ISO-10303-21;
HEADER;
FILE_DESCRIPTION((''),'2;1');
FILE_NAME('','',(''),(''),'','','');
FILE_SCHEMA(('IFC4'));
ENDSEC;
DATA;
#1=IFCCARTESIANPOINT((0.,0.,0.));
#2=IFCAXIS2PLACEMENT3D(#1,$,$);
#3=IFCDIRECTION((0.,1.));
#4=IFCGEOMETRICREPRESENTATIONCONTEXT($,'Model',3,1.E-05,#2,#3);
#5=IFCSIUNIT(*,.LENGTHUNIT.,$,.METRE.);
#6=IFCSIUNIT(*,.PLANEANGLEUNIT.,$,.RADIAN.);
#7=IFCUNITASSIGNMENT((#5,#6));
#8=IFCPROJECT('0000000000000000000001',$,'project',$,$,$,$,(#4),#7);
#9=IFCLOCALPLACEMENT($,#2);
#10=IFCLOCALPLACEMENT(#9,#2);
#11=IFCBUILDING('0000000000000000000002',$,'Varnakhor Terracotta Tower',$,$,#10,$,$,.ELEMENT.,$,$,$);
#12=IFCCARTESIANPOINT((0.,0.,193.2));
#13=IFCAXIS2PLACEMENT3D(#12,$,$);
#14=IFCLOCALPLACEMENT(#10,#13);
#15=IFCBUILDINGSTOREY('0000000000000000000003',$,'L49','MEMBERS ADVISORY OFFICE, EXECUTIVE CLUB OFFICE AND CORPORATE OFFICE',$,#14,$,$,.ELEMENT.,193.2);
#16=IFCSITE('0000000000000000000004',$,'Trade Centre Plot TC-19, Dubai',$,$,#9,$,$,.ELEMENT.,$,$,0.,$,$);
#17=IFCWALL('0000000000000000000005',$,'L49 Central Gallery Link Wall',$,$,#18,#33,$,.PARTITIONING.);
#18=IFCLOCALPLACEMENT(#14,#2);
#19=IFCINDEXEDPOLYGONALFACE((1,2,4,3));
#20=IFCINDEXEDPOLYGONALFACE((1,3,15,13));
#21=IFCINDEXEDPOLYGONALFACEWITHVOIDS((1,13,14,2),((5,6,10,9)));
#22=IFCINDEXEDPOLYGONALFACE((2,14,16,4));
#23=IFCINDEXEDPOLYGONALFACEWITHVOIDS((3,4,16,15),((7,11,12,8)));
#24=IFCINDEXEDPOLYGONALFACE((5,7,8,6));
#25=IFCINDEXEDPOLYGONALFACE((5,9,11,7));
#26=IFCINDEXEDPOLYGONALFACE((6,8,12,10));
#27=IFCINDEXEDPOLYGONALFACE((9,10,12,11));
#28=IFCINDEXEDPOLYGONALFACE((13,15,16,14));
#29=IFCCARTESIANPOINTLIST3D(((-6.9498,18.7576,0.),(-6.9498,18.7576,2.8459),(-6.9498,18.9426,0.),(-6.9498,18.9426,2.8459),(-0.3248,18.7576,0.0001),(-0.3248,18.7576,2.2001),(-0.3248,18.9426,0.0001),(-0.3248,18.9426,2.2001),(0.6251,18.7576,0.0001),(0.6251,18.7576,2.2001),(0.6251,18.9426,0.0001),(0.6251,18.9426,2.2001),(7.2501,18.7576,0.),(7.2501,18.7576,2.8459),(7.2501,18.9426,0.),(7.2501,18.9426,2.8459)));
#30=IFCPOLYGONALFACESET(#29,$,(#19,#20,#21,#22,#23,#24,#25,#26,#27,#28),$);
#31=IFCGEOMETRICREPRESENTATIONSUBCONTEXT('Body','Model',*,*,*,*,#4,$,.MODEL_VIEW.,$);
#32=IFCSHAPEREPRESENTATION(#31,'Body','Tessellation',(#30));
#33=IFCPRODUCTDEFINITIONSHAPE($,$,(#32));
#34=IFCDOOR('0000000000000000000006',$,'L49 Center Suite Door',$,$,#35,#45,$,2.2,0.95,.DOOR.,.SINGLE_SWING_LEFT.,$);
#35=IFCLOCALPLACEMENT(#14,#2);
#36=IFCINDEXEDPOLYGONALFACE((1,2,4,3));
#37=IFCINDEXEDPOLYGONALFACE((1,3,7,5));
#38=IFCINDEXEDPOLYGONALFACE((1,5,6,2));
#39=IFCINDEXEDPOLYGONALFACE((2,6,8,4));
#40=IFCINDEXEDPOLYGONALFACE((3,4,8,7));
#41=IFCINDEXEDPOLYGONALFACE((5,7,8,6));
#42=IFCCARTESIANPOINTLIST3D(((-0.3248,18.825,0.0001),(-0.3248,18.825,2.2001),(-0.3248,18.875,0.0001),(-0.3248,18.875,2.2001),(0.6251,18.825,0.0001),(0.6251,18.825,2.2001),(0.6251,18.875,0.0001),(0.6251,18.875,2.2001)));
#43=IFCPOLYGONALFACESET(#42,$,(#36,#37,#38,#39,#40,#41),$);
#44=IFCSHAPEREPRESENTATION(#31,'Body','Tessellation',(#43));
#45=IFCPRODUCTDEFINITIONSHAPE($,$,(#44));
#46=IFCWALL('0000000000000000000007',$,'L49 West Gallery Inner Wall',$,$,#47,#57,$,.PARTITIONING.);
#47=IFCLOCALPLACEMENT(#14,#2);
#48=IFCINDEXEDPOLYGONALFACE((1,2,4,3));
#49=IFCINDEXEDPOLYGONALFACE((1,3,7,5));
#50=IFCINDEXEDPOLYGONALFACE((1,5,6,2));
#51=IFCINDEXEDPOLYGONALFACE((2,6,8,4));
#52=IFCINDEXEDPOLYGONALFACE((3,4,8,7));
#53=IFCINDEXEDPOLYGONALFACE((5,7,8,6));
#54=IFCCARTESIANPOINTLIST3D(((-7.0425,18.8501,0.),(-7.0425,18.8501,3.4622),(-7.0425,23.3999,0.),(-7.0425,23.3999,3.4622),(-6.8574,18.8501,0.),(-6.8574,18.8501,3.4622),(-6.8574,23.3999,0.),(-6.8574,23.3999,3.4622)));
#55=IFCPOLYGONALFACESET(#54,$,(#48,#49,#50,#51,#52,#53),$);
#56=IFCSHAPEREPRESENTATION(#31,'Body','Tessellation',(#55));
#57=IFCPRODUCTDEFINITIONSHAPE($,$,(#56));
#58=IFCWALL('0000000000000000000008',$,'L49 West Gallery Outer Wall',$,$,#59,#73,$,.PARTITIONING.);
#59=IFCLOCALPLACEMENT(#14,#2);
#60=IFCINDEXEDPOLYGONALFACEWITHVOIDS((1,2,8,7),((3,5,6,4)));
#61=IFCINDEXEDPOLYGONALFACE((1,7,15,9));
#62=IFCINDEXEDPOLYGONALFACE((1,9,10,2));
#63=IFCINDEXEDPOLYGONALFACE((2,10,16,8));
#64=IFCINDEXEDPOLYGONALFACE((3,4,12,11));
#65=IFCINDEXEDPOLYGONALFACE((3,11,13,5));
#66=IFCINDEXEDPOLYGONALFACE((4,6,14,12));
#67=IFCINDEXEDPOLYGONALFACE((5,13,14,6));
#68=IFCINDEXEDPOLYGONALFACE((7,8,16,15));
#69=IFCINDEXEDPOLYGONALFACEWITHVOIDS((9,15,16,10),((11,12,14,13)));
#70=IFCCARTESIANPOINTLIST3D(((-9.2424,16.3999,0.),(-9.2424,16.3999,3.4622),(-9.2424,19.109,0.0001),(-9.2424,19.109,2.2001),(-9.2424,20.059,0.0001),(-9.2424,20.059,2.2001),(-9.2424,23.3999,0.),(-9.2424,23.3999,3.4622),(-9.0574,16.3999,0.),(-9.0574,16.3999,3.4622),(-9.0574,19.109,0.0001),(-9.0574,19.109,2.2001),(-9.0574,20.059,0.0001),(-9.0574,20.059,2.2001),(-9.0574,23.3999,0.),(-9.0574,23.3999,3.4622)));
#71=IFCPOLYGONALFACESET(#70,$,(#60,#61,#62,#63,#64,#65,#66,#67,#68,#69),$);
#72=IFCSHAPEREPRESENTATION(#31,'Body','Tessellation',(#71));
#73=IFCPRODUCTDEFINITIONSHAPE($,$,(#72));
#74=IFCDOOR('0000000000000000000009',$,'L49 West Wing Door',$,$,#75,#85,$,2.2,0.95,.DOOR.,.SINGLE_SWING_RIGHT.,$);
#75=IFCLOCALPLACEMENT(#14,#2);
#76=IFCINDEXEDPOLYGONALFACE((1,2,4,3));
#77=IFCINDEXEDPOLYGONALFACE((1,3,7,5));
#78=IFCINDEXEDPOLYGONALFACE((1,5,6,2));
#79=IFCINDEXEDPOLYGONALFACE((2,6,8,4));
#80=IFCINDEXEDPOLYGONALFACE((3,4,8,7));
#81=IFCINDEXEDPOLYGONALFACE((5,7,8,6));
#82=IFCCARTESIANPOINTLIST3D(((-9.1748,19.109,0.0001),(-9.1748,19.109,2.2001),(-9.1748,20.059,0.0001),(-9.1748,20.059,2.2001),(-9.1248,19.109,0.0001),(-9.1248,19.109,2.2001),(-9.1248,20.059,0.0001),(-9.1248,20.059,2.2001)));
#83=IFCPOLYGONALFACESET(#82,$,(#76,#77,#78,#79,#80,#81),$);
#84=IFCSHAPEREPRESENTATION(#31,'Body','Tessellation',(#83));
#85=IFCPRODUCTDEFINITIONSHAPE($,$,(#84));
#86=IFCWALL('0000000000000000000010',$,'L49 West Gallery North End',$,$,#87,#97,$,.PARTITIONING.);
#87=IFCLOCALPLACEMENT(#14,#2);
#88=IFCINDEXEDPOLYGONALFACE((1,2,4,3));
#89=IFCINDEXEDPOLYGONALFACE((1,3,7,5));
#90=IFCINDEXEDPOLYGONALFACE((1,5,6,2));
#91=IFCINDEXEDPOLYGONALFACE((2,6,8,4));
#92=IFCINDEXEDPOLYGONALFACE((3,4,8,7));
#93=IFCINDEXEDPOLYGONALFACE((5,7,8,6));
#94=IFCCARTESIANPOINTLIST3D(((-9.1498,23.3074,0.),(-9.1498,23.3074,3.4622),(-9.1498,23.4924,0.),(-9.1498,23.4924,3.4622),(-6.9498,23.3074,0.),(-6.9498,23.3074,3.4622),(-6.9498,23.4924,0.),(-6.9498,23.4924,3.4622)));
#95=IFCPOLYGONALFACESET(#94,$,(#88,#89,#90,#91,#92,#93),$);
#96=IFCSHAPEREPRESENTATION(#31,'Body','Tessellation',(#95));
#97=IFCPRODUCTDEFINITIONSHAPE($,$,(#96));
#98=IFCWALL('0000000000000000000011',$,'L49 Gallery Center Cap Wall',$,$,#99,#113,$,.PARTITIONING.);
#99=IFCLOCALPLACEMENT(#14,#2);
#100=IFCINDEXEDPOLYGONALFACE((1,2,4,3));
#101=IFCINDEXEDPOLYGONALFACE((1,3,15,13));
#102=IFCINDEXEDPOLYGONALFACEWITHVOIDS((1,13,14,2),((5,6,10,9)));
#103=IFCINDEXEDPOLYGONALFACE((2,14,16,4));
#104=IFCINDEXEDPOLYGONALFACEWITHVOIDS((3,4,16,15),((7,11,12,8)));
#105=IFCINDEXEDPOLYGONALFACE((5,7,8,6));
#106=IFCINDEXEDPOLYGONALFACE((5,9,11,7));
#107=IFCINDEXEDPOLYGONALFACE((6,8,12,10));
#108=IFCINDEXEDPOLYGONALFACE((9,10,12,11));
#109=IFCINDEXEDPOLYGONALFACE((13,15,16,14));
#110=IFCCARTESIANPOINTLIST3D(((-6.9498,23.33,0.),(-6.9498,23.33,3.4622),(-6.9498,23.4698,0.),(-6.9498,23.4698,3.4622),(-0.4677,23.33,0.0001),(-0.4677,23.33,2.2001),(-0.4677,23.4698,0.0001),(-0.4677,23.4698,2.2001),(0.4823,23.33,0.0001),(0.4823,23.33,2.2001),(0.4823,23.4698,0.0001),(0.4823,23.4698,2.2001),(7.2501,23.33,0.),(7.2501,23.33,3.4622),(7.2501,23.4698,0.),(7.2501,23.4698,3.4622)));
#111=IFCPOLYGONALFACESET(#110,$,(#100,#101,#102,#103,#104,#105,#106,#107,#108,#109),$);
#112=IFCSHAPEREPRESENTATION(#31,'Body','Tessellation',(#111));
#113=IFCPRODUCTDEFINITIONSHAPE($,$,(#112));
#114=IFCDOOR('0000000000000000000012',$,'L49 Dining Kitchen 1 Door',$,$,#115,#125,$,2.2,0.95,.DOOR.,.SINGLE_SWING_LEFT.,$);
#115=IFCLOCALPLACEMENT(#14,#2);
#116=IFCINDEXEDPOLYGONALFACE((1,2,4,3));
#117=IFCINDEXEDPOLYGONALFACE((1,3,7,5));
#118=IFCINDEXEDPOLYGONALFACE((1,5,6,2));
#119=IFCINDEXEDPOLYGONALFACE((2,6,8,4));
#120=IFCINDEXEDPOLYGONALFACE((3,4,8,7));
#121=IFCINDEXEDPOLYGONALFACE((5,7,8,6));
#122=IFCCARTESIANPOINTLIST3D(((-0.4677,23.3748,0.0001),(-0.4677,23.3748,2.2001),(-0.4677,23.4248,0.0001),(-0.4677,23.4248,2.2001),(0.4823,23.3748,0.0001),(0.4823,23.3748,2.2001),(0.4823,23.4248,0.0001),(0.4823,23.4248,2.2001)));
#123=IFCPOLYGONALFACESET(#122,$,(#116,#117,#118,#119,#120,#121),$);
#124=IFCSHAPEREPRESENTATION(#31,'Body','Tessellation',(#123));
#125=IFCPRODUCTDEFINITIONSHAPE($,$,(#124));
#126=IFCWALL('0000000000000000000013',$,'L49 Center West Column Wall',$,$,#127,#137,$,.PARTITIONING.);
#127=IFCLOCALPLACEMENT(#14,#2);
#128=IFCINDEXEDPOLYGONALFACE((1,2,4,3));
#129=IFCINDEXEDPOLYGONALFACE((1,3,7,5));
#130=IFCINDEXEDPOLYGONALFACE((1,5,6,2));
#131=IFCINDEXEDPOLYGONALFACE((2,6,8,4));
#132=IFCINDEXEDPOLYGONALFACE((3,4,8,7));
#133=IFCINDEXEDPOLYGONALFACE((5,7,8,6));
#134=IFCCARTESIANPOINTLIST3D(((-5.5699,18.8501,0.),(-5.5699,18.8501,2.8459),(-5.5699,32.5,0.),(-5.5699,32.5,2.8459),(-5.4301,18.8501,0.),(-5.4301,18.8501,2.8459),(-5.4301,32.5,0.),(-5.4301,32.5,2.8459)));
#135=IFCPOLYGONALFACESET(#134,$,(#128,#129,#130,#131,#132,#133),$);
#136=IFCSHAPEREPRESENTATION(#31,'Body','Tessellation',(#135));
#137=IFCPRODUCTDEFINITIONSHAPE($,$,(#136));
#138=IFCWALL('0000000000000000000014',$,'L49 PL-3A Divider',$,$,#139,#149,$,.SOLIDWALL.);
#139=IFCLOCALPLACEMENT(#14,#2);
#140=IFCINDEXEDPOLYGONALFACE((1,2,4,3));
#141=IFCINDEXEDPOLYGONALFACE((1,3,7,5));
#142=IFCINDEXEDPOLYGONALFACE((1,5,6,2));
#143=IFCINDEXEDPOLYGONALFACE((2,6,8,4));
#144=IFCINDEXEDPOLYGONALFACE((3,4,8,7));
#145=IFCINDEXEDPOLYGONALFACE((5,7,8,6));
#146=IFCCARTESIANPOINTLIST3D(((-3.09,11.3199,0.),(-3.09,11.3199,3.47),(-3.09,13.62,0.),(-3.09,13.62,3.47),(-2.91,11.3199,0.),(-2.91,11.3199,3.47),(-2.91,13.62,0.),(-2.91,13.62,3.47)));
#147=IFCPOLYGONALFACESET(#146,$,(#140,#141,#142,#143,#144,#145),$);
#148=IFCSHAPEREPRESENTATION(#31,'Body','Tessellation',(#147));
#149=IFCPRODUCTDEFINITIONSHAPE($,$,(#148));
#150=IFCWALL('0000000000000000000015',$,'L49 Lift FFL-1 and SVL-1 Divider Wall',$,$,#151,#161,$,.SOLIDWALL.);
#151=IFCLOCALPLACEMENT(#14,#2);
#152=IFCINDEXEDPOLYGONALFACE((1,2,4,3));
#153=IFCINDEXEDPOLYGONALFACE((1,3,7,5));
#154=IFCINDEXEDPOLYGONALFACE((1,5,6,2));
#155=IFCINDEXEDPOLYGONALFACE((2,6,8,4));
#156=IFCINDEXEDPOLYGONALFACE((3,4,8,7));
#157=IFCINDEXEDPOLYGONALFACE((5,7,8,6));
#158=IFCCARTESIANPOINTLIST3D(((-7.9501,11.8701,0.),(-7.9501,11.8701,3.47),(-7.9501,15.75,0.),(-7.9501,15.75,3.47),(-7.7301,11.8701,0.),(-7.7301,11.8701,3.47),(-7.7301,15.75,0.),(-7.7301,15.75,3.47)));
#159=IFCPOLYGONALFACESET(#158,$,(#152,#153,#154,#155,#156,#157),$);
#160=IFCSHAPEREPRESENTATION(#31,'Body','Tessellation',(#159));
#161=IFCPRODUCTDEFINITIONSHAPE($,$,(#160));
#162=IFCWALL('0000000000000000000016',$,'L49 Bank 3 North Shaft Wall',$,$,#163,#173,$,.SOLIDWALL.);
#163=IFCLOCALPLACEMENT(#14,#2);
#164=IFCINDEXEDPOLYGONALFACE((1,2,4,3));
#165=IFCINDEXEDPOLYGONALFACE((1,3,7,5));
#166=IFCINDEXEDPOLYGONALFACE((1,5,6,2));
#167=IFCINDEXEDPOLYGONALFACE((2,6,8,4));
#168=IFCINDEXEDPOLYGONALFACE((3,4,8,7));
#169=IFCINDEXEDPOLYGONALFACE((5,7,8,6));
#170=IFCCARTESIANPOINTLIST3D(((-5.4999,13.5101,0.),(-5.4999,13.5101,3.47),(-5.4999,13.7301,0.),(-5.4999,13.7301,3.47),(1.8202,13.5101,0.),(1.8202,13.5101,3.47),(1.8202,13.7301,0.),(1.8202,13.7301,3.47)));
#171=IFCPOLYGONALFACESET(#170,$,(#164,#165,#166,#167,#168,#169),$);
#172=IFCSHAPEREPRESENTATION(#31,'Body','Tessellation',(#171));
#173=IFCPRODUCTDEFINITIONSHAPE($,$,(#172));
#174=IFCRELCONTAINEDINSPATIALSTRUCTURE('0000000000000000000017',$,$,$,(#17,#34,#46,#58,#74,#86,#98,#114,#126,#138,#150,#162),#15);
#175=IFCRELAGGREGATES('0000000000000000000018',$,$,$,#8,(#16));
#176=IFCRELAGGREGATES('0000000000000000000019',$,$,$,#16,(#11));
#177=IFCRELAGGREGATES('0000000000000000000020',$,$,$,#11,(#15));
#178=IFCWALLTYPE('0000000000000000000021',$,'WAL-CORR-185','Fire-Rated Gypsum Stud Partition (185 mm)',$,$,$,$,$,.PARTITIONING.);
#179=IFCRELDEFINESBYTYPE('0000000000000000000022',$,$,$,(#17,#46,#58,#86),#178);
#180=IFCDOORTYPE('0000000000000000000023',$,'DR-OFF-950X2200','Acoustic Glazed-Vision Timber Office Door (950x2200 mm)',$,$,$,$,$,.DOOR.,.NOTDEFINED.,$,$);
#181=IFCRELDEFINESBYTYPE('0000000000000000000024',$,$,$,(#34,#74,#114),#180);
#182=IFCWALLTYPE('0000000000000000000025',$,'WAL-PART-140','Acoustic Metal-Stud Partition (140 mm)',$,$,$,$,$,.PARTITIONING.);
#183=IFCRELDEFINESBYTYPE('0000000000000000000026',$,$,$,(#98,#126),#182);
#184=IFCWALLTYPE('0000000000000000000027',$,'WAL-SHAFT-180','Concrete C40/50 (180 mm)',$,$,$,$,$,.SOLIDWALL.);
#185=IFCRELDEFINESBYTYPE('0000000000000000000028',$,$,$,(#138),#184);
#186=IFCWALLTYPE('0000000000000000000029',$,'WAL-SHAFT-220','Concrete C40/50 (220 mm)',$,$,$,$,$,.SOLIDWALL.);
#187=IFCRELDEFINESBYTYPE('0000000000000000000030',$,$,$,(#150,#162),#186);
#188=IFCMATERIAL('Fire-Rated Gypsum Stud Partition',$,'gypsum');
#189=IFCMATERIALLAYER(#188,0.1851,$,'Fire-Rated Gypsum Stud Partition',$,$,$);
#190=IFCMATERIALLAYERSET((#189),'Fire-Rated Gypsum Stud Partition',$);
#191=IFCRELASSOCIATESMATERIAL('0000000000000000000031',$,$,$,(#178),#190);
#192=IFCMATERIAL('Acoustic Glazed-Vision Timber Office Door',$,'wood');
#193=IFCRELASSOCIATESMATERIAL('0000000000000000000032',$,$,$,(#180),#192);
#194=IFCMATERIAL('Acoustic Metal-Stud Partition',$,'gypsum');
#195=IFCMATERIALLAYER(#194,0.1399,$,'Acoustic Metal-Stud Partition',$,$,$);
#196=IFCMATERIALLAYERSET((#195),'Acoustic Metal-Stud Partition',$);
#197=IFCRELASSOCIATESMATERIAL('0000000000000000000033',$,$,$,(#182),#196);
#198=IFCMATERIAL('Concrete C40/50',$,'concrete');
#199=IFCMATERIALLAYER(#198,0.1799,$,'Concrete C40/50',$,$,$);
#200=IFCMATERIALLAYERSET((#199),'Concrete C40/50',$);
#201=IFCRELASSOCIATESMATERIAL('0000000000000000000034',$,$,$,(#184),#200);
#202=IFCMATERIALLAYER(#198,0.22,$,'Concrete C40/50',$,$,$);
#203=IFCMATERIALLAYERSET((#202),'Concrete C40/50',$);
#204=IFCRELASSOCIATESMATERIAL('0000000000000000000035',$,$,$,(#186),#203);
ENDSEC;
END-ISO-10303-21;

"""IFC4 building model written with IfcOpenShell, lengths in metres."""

from ifc_helpers import new_model, si_unit, direction, frame, frame_2d, origin, place, context, subcontext, project, spatial, rectangle, extrude, source, transform, mapped, material, layer, layer_set, type_object, type_shapes, element, fill, save


model = new_model("IFC4")

# Units and contexts
model_context = context("Model", 3, precision=1e-05, world=origin(), true_north=direction((0.0, 1.0)))
body_context = subcontext(model_context, "Body", "Model", "MODEL_VIEW")
ifc_project = project(units=[si_unit("LENGTHUNIT", "METRE"), si_unit("PLANEANGLEUNIT", "RADIAN")], contexts=[model_context])

# Site, building, storey
site_placement = place(None, origin())
site = spatial("IfcSite", under=ifc_project, at=site_placement, Name="Trade Centre Plot TC-19, Dubai", CompositionType="ELEMENT", RefElevation=0.0)
building_placement = place(site_placement, origin())
building = spatial("IfcBuilding", under=site, at=building_placement, Name="Varnakhor Terracotta Tower", CompositionType="ELEMENT")
storey_placement = place(building_placement, frame((0.0, 0.0, 193.2)))
storey = spatial("IfcBuildingStorey", under=building, at=storey_placement, Name="L49", Description="MEMBERS ADVISORY OFFICE, EXECUTIVE CLUB OFFICE AND CORPORATE OFFICE", CompositionType="ELEMENT", Elevation=193.2)

# Wall, opening, door
ifc_material_1 = material(Name="Fire-Rated Gypsum Stud Partition", Category="gypsum")
ifc_layer_1 = layer(ifc_material_1, 0.1851, Name="Fire-Rated Gypsum Stud Partition")
ifc_layer_set_1 = layer_set([ifc_layer_1], Name="Fire-Rated Gypsum Stud Partition")
wall_type_1 = type_object("IfcWallType", Name="WAL-CORR-185", Description="Fire-Rated Gypsum Stud Partition (185 mm)", PredefinedType="PARTITIONING", material=ifc_layer_set_1)
wall_1_placement = place(storey_placement, frame((-6.95, 18.8501, 0.0), z_axis=(0.0, 0.0, 1.0), x_axis=(1.0, 0.0, 0.0)))
wall_1 = element("IfcWall", 1, at=wall_1_placement, inside=storey, type_object=wall_type_1, Name="L49 Central Gallery Link Wall", PredefinedType="PARTITIONING", context=body_context, shape_type="SweptSolid", body=[
    extrude(rectangle(XDim=14.2, YDim=0.1851, at=frame_2d((7.1001, 0.0))), origin(), (0.0, 0.0, 1.0), 2.8459),
])
opening_1_placement = place(wall_1_placement, frame((6.625, 0.0, 0.0)))
opening_1 = element("IfcOpeningElement", 2, at=opening_1_placement, cuts=wall_1, PredefinedType="OPENING", context=body_context, shape_type="SweptSolid", body=[
    extrude(rectangle(XDim=0.95, YDim=2.2, at=frame_2d((0.4751, 1.1001))), frame((0.0, 0.1025, 0.0), z_axis=(0.0, -1.0, 0.0), x_axis=(1.0, 0.0, 0.0)), (0.0, 0.0, 1.0), 0.2051),
])
ifc_material_2 = material(Name="Acoustic Glazed-Vision Timber Office Door", Category="wood")
door_type_1 = type_object("IfcDoorType", Name="DR-OFF-950X2200", Description="Acoustic Glazed-Vision Timber Office Door (950x2200 mm)", OperationType="NOTDEFINED", PredefinedType="DOOR", material=ifc_material_2)
shared_shape_1 = source(origin(), body_context, "Body", "SweptSolid", [
    extrude(rectangle(XDim=0.95, YDim=2.2, at=frame_2d((0.4751, 1.1001))), frame((0.0, 0.0249, 0.0), z_axis=(0.0, -1.0, 0.0), x_axis=(1.0, 0.0, 0.0)), (0.0, 0.0, 1.0), 0.05),
])
type_shapes(door_type_1, [shared_shape_1])
door_1_placement = place(opening_1_placement, origin())
door_1 = element("IfcDoor", 3, at=door_1_placement, inside=storey, type_object=door_type_1, Name="L49 Center Suite Door", OperationType="SINGLE_SWING_LEFT", OverallHeight=2.2, OverallWidth=0.95, PredefinedType="DOOR", context=body_context, shape_type="MappedRepresentation", body=[
    mapped(shared_shape_1, transform((0.0, 0.0, 0.0), scale=1.0)),
])
fill(opening_1, door_1)

# Wall
wall_2_placement = place(storey_placement, frame((-6.95, 18.8501, 0.0), z_axis=(0.0, 0.0, 1.0), x_axis=(0.0, 1.0, 0.0)))
element("IfcWall", 4, at=wall_2_placement, inside=storey, type_object=wall_type_1, Name="L49 West Gallery Inner Wall", PredefinedType="PARTITIONING", context=body_context, shape_type="SweptSolid", body=[
    extrude(rectangle(XDim=4.5498, YDim=0.1851, at=frame_2d((2.2749, 0.0))), origin(), (0.0, 0.0, 1.0), 3.4622),
])

# Wall, opening, door
wall_3_placement = place(storey_placement, frame((-9.1499, 16.3999, 0.0), z_axis=(0.0, 0.0, 1.0), x_axis=(0.0, 1.0, 0.0)))
wall_3 = element("IfcWall", 5, at=wall_3_placement, inside=storey, type_object=wall_type_1, Name="L49 West Gallery Outer Wall", PredefinedType="PARTITIONING", context=body_context, shape_type="SweptSolid", body=[
    extrude(rectangle(XDim=7.0, YDim=0.1851, at=frame_2d((3.5, 0.0))), origin(), (0.0, 0.0, 1.0), 3.4622),
])
opening_2_placement = place(wall_3_placement, frame((2.709, 0.0, 0.0)))
opening_2 = element("IfcOpeningElement", 6, at=opening_2_placement, cuts=wall_3, PredefinedType="OPENING", context=body_context, shape_type="SweptSolid", body=[
    extrude(rectangle(XDim=0.95, YDim=2.2, at=frame_2d((0.4751, 1.1001))), frame((0.0, 0.1025, 0.0), z_axis=(0.0, -1.0, 0.0), x_axis=(1.0, 0.0, 0.0)), (0.0, 0.0, 1.0), 0.2051),
])
door_2_placement = place(opening_2_placement, origin())
door_2 = element("IfcDoor", 7, at=door_2_placement, inside=storey, type_object=door_type_1, Name="L49 West Wing Door", OperationType="SINGLE_SWING_RIGHT", OverallHeight=2.2, OverallWidth=0.95, PredefinedType="DOOR", context=body_context, shape_type="MappedRepresentation", body=[
    mapped(shared_shape_1, transform((0.0, 0.0, 0.0), scale=1.0)),
])
fill(opening_2, door_2)

# Wall
wall_4_placement = place(storey_placement, frame((-9.1499, 23.3999, 0.0), z_axis=(0.0, 0.0, 1.0), x_axis=(1.0, 0.0, 0.0)))
element("IfcWall", 8, at=wall_4_placement, inside=storey, type_object=wall_type_1, Name="L49 West Gallery North End", PredefinedType="PARTITIONING", context=body_context, shape_type="SweptSolid", body=[
    extrude(rectangle(XDim=2.2, YDim=0.1851, at=frame_2d((1.1001, 0.0))), origin(), (0.0, 0.0, 1.0), 3.4622),
])

# Wall, opening, door
ifc_material_3 = material(Name="Acoustic Metal-Stud Partition", Category="gypsum")
ifc_layer_2 = layer(ifc_material_3, 0.1399, Name="Acoustic Metal-Stud Partition")
ifc_layer_set_2 = layer_set([ifc_layer_2], Name="Acoustic Metal-Stud Partition")
wall_type_2 = type_object("IfcWallType", Name="WAL-PART-140", Description="Acoustic Metal-Stud Partition (140 mm)", PredefinedType="PARTITIONING", material=ifc_layer_set_2)
wall_5_placement = place(storey_placement, frame((-6.95, 23.3999, 0.0), z_axis=(0.0, 0.0, 1.0), x_axis=(1.0, 0.0, 0.0)))
wall_5 = element("IfcWall", 9, at=wall_5_placement, inside=storey, type_object=wall_type_2, Name="L49 Gallery Center Cap Wall", PredefinedType="PARTITIONING", context=body_context, shape_type="SweptSolid", body=[
    extrude(rectangle(XDim=14.2, YDim=0.1399, at=frame_2d((7.1001, 0.0))), origin(), (0.0, 0.0, 1.0), 3.4622),
])
opening_3_placement = place(wall_5_placement, frame((6.4822, 0.0, 0.0)))
opening_3 = element("IfcOpeningElement", 10, at=opening_3_placement, cuts=wall_5, PredefinedType="OPENING", context=body_context, shape_type="SweptSolid", body=[
    extrude(rectangle(XDim=0.95, YDim=2.2, at=frame_2d((0.4751, 1.1001))), frame((0.0, 0.0801, 0.0), z_axis=(0.0, -1.0, 0.0), x_axis=(1.0, 0.0, 0.0)), (0.0, 0.0, 1.0), 0.1599),
])
door_3_placement = place(opening_3_placement, origin())
door_3 = element("IfcDoor", 11, at=door_3_placement, inside=storey, type_object=door_type_1, Name="L49 Dining Kitchen 1 Door", OperationType="SINGLE_SWING_LEFT", OverallHeight=2.2, OverallWidth=0.95, PredefinedType="DOOR", context=body_context, shape_type="MappedRepresentation", body=[
    mapped(shared_shape_1, transform((0.0, 0.0, 0.0), scale=1.0)),
])
fill(opening_3, door_3)

# Walls
wall_6_placement = place(storey_placement, frame((-5.5, 18.8501, 0.0), z_axis=(0.0, 0.0, 1.0), x_axis=(0.0, 1.0, 0.0)))
element("IfcWall", 12, at=wall_6_placement, inside=storey, type_object=wall_type_2, Name="L49 Center West Column Wall", PredefinedType="PARTITIONING", context=body_context, shape_type="SweptSolid", body=[
    extrude(rectangle(XDim=13.6499, YDim=0.1399, at=frame_2d((6.825, 0.0))), origin(), (0.0, 0.0, 1.0), 2.8459),
])
ifc_material_4 = material(Name="Concrete C40/50", Category="concrete")
ifc_layer_3 = layer(ifc_material_4, 0.1799, Name="Concrete C40/50")
ifc_layer_set_3 = layer_set([ifc_layer_3], Name="Concrete C40/50")
wall_type_3 = type_object("IfcWallType", Name="WAL-SHAFT-180", Description="Concrete C40/50 (180 mm)", PredefinedType="SOLIDWALL", material=ifc_layer_set_3)
wall_7_placement = place(storey_placement, frame((-3.0, 11.3201, 0.0), z_axis=(0.0, 0.0, 1.0), x_axis=(0.0, 1.0, 0.0)))
element("IfcWall", 13, at=wall_7_placement, inside=storey, type_object=wall_type_3, Name="L49 PL-3A Divider", PredefinedType="SOLIDWALL", context=body_context, shape_type="SweptSolid", body=[
    extrude(rectangle(XDim=2.3, YDim=0.1799, at=frame_2d((1.1499, 0.0))), origin(), (0.0, 0.0, 1.0), 3.47),
])
ifc_layer_4 = layer(ifc_material_4, 0.22, Name="Concrete C40/50")
ifc_layer_set_4 = layer_set([ifc_layer_4], Name="Concrete C40/50")
wall_type_4 = type_object("IfcWallType", Name="WAL-SHAFT-220", Description="Concrete C40/50 (220 mm)", PredefinedType="SOLIDWALL", material=ifc_layer_set_4)
wall_8_placement = place(storey_placement, frame((-7.8401, 11.8701, 0.0), z_axis=(0.0, 0.0, 1.0), x_axis=(0.0, 1.0, 0.0)))
element("IfcWall", 14, at=wall_8_placement, inside=storey, type_object=wall_type_4, Name="L49 Lift FFL-1 and SVL-1 Divider Wall", PredefinedType="SOLIDWALL", context=body_context, shape_type="SweptSolid", body=[
    extrude(rectangle(XDim=3.8799, YDim=0.22, at=frame_2d((1.9399, 0.0))), origin(), (0.0, 0.0, 1.0), 3.47),
])
wall_9_placement = place(storey_placement, frame((-5.5, 13.6201, 0.0), z_axis=(0.0, 0.0, 1.0), x_axis=(1.0, 0.0, 0.0)))
element("IfcWall", 15, at=wall_9_placement, inside=storey, type_object=wall_type_4, Name="L49 Bank 3 North Shaft Wall", PredefinedType="SOLIDWALL", context=body_context, shape_type="SweptSolid", body=[
    extrude(rectangle(XDim=7.3201, YDim=0.22, at=frame_2d((3.6602, 0.0))), origin(), (0.0, 0.0, 1.0), 3.47),
])

save(model, "model.ifc")
